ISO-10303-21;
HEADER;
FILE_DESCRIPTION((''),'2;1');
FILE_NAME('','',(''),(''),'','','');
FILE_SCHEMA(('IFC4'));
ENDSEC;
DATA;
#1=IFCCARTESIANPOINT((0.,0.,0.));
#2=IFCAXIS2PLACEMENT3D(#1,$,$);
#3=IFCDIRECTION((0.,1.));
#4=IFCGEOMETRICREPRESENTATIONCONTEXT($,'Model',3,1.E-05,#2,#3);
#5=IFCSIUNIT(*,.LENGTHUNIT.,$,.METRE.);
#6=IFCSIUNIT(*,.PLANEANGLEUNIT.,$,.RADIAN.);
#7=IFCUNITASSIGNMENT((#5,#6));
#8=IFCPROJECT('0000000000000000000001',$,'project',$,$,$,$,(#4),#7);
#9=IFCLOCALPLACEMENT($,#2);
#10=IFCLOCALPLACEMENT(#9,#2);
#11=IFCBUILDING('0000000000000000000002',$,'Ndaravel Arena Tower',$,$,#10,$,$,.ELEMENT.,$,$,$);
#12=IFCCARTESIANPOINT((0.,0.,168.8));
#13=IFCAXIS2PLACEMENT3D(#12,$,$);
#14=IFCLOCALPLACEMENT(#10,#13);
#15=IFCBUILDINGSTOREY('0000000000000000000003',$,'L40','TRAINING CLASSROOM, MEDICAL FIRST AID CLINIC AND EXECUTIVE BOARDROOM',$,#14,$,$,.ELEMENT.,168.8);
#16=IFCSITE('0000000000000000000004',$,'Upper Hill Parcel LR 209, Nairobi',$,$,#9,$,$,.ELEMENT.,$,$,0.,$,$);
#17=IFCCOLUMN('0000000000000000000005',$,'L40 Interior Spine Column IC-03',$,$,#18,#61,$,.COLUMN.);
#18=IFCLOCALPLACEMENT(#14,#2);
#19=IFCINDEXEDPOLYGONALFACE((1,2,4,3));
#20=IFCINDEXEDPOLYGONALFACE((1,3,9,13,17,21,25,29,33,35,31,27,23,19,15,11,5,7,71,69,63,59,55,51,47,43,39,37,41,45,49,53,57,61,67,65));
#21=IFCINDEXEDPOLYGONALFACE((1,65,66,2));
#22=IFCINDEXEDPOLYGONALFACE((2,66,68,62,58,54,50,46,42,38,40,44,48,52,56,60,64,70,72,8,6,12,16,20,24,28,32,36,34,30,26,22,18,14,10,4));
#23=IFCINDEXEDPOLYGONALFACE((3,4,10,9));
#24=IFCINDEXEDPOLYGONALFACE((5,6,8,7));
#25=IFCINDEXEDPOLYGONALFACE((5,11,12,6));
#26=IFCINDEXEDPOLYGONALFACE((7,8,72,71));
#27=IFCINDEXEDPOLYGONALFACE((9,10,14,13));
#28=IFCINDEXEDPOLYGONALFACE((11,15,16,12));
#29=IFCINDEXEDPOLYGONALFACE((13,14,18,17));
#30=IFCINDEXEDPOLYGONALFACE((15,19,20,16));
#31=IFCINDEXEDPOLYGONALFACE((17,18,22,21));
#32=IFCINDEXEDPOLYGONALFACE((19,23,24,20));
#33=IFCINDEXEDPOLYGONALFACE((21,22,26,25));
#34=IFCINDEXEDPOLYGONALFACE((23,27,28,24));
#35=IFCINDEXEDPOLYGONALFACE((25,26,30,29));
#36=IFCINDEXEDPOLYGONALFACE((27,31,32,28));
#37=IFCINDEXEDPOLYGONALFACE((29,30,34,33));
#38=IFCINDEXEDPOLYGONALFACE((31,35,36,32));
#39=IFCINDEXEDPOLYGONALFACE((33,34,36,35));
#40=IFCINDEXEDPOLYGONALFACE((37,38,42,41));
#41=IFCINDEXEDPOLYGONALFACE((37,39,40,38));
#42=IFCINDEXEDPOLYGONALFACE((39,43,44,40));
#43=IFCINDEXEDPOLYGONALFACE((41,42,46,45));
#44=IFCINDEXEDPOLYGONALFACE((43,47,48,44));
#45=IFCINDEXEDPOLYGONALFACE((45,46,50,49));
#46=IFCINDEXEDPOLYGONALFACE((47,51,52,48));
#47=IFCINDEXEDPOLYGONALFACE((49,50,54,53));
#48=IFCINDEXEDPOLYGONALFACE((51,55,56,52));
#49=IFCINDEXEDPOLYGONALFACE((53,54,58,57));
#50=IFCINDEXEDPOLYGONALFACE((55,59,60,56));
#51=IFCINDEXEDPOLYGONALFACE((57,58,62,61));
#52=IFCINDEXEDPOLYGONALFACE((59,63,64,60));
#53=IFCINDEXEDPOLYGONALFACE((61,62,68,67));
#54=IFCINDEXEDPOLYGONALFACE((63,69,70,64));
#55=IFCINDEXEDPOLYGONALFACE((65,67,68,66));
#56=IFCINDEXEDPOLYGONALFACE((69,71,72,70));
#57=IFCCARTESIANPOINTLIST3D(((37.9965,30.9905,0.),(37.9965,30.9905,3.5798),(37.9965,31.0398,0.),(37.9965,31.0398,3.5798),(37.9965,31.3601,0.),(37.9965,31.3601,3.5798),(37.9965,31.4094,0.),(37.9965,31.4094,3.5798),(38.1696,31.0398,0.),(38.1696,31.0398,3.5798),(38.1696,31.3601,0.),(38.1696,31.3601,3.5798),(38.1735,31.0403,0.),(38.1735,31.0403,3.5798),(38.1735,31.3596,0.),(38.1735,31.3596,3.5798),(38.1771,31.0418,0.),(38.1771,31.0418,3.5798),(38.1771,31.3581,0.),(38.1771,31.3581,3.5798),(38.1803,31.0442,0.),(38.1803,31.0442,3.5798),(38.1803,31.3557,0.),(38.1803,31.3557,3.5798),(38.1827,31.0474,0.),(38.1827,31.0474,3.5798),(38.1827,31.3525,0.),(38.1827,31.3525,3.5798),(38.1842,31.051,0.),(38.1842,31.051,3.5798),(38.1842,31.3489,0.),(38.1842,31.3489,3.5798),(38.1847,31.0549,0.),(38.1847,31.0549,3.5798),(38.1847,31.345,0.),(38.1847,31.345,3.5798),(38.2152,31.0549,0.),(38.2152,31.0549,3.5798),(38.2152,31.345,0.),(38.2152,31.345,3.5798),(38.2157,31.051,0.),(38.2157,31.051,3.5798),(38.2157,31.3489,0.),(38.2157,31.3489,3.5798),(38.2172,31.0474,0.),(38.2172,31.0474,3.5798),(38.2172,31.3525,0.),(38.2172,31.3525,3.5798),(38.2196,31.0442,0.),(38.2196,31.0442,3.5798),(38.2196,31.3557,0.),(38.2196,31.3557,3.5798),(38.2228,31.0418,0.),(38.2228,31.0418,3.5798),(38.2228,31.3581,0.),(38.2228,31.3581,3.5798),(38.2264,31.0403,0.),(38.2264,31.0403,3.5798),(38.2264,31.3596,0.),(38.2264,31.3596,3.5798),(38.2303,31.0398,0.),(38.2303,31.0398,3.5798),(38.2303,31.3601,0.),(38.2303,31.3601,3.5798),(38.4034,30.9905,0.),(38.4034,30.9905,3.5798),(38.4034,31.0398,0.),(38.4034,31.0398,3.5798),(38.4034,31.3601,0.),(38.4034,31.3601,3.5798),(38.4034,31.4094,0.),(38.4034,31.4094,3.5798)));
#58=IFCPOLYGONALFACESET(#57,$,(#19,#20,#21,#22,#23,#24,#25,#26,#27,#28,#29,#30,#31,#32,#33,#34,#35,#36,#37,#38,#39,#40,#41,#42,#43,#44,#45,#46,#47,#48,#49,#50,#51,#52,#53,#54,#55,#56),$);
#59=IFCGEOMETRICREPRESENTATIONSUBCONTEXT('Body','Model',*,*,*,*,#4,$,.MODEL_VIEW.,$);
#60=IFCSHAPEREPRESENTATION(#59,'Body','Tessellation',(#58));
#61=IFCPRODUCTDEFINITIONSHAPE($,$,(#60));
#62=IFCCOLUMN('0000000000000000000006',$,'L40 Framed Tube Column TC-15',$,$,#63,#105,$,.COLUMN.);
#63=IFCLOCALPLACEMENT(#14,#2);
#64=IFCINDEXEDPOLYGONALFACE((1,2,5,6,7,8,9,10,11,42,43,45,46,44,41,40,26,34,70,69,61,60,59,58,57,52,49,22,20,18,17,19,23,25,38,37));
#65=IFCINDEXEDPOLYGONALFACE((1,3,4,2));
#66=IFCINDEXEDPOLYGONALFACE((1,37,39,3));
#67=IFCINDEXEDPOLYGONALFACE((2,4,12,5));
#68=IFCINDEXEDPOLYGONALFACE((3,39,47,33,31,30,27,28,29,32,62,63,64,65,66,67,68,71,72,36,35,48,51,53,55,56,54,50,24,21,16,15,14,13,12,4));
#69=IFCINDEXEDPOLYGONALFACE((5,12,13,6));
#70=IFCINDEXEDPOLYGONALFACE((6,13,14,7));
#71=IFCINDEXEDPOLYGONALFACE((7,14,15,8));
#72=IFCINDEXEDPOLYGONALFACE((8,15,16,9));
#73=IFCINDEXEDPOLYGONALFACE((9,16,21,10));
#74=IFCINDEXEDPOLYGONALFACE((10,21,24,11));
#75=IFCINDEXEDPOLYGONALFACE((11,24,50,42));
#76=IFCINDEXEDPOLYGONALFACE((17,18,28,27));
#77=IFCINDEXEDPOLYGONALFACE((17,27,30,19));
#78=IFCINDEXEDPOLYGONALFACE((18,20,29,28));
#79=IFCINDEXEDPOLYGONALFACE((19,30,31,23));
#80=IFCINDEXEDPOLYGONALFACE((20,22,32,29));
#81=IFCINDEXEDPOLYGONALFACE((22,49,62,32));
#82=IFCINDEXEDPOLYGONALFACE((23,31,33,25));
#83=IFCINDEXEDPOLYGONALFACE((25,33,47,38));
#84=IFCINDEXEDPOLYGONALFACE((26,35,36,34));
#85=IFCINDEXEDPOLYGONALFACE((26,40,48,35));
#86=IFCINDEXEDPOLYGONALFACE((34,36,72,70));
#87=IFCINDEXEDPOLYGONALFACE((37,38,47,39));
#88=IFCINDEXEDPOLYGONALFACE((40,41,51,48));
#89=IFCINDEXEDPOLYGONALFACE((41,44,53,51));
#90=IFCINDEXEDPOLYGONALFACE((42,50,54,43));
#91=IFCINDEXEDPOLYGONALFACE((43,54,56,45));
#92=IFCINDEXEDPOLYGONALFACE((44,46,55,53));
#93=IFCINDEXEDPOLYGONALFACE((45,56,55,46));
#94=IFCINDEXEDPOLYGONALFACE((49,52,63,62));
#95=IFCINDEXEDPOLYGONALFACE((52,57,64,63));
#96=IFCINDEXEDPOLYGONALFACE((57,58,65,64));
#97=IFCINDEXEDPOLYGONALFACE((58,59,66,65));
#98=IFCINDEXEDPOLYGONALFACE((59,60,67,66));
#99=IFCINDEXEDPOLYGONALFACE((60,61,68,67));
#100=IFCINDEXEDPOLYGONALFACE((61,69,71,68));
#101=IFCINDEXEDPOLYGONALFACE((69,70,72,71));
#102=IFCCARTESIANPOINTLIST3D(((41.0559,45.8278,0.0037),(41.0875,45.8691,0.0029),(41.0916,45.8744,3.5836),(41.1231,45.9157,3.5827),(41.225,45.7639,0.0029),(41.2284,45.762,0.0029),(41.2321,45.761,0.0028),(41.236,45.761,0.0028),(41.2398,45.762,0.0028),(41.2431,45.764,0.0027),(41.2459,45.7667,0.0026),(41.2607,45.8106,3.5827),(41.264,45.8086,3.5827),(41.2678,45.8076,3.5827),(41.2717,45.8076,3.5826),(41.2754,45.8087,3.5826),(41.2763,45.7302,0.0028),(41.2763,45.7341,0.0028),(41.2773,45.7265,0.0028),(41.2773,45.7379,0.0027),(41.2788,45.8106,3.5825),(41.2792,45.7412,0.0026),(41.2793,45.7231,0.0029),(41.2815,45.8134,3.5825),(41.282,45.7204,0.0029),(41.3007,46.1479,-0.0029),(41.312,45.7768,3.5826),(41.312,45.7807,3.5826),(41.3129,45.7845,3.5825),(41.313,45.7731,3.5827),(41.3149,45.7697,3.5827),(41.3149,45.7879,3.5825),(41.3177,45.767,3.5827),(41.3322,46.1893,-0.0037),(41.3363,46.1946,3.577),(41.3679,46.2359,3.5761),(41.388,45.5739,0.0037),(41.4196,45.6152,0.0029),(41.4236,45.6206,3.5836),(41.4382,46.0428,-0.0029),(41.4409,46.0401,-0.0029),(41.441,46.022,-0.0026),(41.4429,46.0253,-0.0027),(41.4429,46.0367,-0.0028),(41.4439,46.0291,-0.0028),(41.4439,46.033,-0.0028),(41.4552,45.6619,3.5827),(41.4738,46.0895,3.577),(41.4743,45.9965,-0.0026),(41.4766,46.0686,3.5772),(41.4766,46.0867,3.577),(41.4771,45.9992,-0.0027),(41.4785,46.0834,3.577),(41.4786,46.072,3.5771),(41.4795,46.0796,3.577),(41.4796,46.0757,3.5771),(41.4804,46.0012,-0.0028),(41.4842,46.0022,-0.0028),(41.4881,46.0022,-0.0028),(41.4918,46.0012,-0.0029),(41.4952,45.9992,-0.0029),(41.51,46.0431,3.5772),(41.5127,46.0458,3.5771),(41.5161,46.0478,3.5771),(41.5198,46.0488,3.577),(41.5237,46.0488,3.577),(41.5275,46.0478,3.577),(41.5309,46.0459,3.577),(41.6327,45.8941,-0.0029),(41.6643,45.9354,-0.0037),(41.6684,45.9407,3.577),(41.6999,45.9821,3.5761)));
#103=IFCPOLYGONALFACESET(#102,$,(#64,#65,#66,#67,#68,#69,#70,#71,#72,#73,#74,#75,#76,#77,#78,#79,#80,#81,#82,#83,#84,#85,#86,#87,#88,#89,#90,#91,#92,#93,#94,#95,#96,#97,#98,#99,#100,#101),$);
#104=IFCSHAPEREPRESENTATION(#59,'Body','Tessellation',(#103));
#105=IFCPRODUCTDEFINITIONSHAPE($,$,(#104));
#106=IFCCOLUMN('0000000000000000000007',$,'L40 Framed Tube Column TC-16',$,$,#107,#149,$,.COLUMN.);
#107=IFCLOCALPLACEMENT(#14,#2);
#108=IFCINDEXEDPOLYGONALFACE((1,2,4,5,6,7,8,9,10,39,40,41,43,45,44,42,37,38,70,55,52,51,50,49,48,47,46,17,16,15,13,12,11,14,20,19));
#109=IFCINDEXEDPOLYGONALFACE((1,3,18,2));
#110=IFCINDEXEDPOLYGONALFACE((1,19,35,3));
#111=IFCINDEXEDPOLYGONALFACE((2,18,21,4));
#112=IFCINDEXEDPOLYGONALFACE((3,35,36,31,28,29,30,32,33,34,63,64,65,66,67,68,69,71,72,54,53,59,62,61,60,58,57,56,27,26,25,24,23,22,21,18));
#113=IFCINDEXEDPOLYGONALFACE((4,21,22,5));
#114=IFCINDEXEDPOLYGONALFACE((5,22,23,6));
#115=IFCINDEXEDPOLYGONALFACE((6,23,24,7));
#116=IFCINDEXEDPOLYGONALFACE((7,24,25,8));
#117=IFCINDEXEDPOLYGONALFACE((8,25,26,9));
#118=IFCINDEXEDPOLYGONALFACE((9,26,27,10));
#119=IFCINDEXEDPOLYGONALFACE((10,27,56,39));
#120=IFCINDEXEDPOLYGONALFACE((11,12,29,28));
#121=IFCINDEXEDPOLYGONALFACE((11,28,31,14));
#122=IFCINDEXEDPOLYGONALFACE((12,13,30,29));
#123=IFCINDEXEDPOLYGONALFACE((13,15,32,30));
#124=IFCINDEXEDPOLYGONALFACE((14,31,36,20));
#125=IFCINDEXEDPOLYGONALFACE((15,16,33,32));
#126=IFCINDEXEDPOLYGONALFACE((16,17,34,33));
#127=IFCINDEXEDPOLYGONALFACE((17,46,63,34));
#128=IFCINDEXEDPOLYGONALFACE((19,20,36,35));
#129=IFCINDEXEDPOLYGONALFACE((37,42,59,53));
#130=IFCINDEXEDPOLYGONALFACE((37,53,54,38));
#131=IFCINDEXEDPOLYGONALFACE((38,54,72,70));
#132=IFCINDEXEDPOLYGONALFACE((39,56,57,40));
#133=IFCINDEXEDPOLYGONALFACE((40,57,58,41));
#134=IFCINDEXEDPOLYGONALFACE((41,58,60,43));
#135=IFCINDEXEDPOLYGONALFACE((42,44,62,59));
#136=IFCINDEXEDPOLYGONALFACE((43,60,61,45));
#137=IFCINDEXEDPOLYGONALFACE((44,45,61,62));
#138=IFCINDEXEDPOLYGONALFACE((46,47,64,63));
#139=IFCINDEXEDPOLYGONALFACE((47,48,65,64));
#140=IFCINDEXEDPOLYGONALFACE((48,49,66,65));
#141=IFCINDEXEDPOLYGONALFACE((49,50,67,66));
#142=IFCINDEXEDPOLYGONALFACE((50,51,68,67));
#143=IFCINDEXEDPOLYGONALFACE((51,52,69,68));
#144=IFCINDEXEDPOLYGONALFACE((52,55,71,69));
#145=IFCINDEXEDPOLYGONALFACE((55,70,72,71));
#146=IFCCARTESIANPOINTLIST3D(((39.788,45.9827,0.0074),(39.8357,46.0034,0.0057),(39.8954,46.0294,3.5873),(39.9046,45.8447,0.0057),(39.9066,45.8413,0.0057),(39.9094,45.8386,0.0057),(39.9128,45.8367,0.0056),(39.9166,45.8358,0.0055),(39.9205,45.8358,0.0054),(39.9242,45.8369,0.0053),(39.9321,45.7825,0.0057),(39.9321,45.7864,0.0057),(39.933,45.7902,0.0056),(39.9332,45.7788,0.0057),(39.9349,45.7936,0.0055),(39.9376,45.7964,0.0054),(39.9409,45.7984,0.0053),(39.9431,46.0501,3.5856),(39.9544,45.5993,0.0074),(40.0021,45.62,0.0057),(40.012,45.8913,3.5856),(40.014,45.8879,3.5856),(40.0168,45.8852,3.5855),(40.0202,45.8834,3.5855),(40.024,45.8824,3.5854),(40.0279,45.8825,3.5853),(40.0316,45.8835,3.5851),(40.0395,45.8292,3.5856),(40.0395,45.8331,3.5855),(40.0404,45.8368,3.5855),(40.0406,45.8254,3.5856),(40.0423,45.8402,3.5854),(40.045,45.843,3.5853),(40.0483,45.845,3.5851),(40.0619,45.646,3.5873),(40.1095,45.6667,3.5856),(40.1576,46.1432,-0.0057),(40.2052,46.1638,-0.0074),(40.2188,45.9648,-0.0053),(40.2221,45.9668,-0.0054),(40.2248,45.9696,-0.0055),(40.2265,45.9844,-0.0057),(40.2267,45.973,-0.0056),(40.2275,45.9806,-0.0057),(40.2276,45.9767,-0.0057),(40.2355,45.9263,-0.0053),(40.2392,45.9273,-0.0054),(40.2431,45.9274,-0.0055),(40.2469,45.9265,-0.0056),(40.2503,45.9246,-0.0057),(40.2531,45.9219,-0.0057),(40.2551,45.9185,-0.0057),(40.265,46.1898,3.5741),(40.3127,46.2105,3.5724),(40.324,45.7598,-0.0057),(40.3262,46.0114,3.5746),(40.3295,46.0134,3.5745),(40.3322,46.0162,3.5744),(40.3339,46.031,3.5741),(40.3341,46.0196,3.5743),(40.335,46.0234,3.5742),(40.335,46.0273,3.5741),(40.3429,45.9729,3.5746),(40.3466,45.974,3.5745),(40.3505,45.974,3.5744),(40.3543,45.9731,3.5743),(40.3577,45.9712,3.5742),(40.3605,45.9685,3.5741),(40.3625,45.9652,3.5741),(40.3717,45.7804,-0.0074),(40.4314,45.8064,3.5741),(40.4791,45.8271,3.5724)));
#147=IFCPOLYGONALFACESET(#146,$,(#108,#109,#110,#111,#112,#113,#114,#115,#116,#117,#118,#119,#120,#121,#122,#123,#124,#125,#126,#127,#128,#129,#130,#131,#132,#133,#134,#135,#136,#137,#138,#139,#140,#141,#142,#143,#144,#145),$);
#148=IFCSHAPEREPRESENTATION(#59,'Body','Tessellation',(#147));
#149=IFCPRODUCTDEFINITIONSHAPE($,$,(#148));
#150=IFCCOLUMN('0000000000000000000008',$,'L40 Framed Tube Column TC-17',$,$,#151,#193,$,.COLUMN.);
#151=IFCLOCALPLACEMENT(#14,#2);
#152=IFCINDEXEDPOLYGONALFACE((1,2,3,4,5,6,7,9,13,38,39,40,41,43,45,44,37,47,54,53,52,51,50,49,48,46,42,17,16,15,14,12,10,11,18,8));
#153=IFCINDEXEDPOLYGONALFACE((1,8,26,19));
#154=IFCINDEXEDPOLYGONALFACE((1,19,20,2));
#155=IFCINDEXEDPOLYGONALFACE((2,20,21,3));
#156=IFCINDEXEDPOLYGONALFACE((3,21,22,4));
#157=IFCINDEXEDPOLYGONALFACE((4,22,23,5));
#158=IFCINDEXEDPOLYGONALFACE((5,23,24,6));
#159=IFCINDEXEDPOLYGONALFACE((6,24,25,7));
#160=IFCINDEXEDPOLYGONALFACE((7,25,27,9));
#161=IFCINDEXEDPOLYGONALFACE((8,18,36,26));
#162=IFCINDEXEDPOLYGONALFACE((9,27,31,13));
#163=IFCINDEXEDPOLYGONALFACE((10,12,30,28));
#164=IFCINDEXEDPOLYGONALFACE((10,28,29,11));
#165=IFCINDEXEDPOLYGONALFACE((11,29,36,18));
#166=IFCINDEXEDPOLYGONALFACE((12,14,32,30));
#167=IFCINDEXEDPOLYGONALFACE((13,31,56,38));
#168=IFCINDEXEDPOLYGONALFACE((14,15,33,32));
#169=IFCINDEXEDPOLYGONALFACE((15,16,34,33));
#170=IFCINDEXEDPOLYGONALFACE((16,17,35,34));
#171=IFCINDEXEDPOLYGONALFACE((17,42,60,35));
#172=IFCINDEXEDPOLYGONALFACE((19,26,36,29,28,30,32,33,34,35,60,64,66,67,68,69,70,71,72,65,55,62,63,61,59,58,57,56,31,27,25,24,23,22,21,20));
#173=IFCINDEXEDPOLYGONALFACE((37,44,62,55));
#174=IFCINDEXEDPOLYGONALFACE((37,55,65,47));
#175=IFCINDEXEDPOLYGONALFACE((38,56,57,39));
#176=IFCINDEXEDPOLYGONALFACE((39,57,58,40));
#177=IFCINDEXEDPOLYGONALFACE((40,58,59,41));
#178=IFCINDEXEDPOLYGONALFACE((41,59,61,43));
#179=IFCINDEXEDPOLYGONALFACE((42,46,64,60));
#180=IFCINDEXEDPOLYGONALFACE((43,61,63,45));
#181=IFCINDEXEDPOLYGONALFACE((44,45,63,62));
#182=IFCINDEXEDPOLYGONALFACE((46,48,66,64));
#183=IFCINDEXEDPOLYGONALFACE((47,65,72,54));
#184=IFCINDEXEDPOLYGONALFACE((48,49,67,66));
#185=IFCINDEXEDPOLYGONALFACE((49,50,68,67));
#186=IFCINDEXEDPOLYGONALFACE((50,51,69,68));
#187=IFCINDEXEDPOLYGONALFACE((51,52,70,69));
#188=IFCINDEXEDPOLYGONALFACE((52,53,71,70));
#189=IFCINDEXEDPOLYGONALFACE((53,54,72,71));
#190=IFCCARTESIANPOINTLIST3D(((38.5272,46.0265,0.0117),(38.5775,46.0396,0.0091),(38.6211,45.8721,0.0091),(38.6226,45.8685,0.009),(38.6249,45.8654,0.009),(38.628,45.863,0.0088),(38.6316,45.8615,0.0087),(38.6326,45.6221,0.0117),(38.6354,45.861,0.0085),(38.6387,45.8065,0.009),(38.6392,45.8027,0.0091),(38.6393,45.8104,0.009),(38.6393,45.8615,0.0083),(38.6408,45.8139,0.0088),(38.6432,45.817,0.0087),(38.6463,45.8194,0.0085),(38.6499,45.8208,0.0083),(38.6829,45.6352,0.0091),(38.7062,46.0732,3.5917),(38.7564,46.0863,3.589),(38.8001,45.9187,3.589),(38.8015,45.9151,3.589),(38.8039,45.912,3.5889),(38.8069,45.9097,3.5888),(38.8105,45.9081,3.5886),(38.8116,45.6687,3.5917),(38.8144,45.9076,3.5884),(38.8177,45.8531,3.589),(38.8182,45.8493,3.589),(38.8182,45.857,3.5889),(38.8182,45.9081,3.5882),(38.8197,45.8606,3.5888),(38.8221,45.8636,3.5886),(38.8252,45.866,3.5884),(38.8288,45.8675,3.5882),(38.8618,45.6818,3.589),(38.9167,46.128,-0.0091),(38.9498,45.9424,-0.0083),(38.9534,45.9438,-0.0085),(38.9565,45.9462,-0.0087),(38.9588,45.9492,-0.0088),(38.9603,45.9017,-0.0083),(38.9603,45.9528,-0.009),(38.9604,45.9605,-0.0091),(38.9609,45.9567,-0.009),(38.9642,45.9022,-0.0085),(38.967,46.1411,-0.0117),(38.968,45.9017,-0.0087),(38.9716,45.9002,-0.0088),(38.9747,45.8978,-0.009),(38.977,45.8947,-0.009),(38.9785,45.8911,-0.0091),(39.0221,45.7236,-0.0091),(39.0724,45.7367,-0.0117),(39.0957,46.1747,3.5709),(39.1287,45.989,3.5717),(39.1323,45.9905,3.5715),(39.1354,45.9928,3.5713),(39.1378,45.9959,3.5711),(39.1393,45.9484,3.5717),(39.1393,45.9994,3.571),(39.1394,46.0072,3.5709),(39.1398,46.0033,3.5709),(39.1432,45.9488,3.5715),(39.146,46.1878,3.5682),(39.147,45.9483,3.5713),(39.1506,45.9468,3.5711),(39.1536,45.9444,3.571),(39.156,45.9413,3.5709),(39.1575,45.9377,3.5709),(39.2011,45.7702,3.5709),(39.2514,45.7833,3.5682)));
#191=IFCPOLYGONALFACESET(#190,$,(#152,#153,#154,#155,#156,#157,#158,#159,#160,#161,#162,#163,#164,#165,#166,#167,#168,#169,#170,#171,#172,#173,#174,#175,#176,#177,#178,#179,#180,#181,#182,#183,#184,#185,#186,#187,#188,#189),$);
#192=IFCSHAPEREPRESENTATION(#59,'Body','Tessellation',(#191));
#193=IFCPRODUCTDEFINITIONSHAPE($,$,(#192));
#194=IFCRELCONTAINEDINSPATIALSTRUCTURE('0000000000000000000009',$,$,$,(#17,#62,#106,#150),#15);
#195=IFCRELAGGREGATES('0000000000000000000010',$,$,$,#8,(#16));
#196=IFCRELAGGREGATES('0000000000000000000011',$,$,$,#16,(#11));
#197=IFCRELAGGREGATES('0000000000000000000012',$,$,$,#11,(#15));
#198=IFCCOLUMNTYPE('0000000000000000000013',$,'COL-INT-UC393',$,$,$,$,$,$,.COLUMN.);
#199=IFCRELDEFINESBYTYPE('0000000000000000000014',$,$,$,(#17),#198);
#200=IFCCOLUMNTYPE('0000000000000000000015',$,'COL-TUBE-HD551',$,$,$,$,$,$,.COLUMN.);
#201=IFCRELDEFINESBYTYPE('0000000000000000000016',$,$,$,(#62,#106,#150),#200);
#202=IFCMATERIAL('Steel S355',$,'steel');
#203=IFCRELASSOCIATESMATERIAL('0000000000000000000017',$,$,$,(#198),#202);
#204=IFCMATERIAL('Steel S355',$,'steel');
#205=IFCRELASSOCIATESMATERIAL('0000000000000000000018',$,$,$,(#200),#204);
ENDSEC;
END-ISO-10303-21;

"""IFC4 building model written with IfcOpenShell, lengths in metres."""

from ifc_helpers import new_model, si_unit, direction, frame, origin, origin_2d, place, context, subcontext, project, spatial, i_section, extrude, material, material_profile, profile_set, type_object, element, save


model = new_model("IFC4")

# Units and contexts
model_context = context("Model", 3, precision=1e-05, world=origin(), true_north=direction((0.0, 1.0)))
body_context = subcontext(model_context, "Body", "Model", "MODEL_VIEW")
ifc_project = project(units=[si_unit("LENGTHUNIT", "METRE"), si_unit("PLANEANGLEUNIT", "RADIAN")], contexts=[model_context])

# Site, building, storey
site_placement = place(None, origin())
site = spatial("IfcSite", under=ifc_project, at=site_placement, Name="Upper Hill Parcel LR 209, Nairobi", CompositionType="ELEMENT", RefElevation=0.0)
building_placement = place(site_placement, origin())
building = spatial("IfcBuilding", under=site, at=building_placement, Name="Ndaravel Arena Tower", CompositionType="ELEMENT")
storey_placement = place(building_placement, frame((0.0, 0.0, 168.8)))
storey = spatial("IfcBuildingStorey", under=building, at=storey_placement, Name="L40", Description="TRAINING CLASSROOM, MEDICAL FIRST AID CLINIC AND EXECUTIVE BOARDROOM", CompositionType="ELEMENT", Elevation=168.8)

# Columns
ifc_material_1 = material(Name="Steel S355", Category="steel")
ifc_material_profile_1 = material_profile(ifc_material_1, i_section(OverallWidth=0.407, OverallDepth=0.4189, WebThickness=0.0305, FlangeThickness=0.0493, FilletRadius=0.0151, at=origin_2d()), Name="UC 356x406x393")
ifc_profile_set_1 = profile_set([ifc_material_profile_1], Name="Steel S355")
column_type_1 = type_object("IfcColumnType", Name="COL-INT-UC393", PredefinedType="COLUMN", material=ifc_profile_set_1)
column_1_placement = place(storey_placement, frame((38.2, 31.2, 0.0), z_axis=(0.0, 0.0, 1.0), x_axis=(1.0, 0.0, 0.0)))
element("IfcColumn", 1, at=column_1_placement, inside=storey, type_object=column_type_1, Name="L40 Interior Spine Column IC-03", PredefinedType="COLUMN", context=body_context, shape_type="SweptSolid", body=[
    extrude(i_section(OverallWidth=0.407, OverallDepth=0.4189, WebThickness=0.0305, FlangeThickness=0.0493, FilletRadius=0.0151, at=origin_2d()), origin(), (0.0, 0.0, 1.0), 3.5798),
])
ifc_material_2 = material(Name="Steel S355", Category="steel")
ifc_material_profile_2 = material_profile(ifc_material_2, i_section(OverallWidth=0.418, OverallDepth=0.4551, WebThickness=0.042, FlangeThickness=0.052, FilletRadius=0.0149, at=origin_2d()), Name="HD 400x551")
ifc_profile_set_2 = profile_set([ifc_material_profile_2], Name="Steel S355")
column_type_2 = type_object("IfcColumnType", Name="COL-TUBE-HD551", PredefinedType="COLUMN", material=ifc_profile_set_2)
column_2_placement = place(storey_placement, frame((41.3601, 45.8816, 0.0), z_axis=(0.009956, 0.013024, 0.999866), x_axis=(-0.794476, 0.607296, 0.0)))
element("IfcColumn", 2, at=column_2_placement, inside=storey, type_object=column_type_2, Name="L40 Framed Tube Column TC-15", PredefinedType="COLUMN", context=body_context, shape_type="SweptSolid", body=[
    extrude(i_section(OverallWidth=0.418, OverallDepth=0.4551, WebThickness=0.042, FlangeThickness=0.052, FilletRadius=0.0149, at=origin_2d()), origin(), (0.0, 0.0, 1.0), 3.5803),
])
column_3_placement = place(storey_placement, frame((40.0798, 45.8816, 0.0), z_axis=(0.029991, 0.013019, 0.999465), x_axis=(-0.398192, 0.917302, 0.0)))
element("IfcColumn", 3, at=column_3_placement, inside=storey, type_object=column_type_2, Name="L40 Framed Tube Column TC-16", PredefinedType="COLUMN", context=body_context, shape_type="SweptSolid", body=[
    extrude(i_section(OverallWidth=0.418, OverallDepth=0.4551, WebThickness=0.042, FlangeThickness=0.052, FilletRadius=0.0149, at=origin_2d()), origin(), (0.0, 0.0, 1.0), 3.5818),
])
column_4_placement = place(storey_placement, frame((38.7998, 45.8816, 0.0), z_axis=(0.049923, 0.013009, 0.998668), x_axis=(-0.252153, 0.967687, 0.0)))
element("IfcColumn", 4, at=column_4_placement, inside=storey, type_object=column_type_2, Name="L40 Framed Tube Column TC-17", PredefinedType="COLUMN", context=body_context, shape_type="SweptSolid", body=[
    extrude(i_section(OverallWidth=0.418, OverallDepth=0.4551, WebThickness=0.042, FlangeThickness=0.052, FilletRadius=0.0149, at=origin_2d()), origin(), (0.0, 0.0, 1.0), 3.5847),
])

save(model, "model.ifc")
